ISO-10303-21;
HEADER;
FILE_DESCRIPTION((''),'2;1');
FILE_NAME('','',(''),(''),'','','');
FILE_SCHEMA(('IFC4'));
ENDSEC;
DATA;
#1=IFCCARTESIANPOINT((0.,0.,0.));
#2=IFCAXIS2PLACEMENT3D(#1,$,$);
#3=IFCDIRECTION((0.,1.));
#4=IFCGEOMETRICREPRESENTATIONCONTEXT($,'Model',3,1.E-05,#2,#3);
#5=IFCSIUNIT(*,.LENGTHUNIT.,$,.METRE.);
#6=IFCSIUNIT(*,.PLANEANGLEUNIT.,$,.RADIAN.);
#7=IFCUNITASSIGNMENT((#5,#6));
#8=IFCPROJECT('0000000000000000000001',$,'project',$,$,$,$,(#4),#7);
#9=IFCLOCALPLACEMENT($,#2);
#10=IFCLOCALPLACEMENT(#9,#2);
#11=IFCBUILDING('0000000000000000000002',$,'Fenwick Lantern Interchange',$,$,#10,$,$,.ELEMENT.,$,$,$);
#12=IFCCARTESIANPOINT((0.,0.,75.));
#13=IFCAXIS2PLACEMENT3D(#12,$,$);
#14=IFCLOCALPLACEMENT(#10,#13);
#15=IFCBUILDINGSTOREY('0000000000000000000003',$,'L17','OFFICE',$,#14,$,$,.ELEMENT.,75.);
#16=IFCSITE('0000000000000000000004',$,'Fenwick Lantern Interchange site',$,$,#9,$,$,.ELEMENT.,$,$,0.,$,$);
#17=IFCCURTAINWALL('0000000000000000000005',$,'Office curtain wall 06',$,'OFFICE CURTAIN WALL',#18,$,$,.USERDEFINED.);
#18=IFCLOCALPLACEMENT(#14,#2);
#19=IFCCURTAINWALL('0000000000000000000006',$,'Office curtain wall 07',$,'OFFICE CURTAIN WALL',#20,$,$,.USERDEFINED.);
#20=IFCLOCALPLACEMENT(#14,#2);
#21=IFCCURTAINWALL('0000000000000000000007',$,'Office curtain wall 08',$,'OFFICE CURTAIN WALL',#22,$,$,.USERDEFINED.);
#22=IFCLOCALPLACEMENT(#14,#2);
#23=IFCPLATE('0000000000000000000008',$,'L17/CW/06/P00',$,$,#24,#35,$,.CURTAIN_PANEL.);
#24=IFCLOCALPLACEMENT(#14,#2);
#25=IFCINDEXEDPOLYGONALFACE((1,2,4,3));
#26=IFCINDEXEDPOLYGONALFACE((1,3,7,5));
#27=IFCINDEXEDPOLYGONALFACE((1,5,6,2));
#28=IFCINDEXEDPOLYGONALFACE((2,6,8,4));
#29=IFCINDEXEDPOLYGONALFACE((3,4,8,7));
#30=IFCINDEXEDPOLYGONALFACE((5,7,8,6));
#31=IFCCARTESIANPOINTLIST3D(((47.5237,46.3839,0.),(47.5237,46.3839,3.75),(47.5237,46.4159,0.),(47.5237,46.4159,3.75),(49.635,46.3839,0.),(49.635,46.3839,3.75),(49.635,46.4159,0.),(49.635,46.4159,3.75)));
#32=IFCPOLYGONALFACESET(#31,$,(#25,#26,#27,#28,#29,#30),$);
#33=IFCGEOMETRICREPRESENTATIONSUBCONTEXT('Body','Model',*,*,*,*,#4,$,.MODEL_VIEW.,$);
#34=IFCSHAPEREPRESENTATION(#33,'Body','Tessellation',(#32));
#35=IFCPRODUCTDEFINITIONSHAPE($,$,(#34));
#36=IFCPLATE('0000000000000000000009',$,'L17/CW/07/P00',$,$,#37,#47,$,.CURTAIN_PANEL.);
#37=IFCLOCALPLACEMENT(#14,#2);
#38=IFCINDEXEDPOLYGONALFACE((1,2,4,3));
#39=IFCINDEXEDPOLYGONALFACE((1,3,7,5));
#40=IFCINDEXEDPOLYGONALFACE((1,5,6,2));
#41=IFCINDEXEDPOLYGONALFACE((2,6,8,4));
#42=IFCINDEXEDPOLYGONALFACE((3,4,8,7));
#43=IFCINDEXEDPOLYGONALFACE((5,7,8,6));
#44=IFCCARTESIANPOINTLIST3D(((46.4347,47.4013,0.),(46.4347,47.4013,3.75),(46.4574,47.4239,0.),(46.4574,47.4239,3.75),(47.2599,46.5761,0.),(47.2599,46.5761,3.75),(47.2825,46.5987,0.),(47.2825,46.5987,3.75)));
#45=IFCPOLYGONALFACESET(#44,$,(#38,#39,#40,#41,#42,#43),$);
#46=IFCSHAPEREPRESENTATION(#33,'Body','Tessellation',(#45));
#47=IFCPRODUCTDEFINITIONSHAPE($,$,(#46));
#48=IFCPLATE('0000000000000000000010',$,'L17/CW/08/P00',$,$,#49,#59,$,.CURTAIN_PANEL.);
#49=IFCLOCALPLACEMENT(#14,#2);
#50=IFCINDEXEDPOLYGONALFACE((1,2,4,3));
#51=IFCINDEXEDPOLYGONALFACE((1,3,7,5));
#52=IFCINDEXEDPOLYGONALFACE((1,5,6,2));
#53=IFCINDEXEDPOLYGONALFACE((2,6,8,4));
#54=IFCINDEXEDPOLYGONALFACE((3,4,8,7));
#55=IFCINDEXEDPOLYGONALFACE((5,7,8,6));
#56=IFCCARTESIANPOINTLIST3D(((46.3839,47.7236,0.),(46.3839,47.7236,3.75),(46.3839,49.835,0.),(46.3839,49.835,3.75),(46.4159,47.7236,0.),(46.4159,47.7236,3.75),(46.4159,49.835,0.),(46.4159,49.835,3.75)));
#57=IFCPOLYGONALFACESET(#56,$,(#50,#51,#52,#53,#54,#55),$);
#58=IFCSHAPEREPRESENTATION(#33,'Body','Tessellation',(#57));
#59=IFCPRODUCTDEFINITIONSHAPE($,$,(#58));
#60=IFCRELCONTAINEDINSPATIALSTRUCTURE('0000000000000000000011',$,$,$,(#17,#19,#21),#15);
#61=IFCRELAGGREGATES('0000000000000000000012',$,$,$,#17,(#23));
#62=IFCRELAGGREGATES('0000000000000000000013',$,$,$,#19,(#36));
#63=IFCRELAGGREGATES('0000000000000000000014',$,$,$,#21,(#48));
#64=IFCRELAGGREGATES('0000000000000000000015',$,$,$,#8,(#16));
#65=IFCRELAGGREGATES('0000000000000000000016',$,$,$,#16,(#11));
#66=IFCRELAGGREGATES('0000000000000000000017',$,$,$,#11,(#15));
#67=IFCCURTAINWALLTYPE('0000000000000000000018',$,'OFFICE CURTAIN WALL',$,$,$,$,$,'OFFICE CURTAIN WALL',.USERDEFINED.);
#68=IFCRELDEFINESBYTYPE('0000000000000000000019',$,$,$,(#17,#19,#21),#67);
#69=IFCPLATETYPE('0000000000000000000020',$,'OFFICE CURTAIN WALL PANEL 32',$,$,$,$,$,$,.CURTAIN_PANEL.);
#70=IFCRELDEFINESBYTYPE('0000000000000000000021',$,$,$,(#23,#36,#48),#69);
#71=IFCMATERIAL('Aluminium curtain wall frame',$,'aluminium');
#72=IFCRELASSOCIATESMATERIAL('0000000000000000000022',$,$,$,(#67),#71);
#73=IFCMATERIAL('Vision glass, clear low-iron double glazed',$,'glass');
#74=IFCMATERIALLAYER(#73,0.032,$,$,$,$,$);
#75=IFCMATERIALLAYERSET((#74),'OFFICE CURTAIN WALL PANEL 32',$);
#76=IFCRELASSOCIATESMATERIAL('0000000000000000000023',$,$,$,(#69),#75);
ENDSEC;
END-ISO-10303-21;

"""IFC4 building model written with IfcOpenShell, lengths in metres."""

from ifc_helpers import new_model, si_unit, direction, frame, origin, origin_2d, place, context, subcontext, project, spatial, rectangle, extrude, material, layer, layer_set, type_object, element, aggregate, save


model = new_model("IFC4")

# Units and contexts
model_context = context("Model", 3, precision=1e-05, world=origin(), true_north=direction((0.0, 1.0)))
body_context = subcontext(model_context, "Body", "Model", "MODEL_VIEW")
ifc_project = project(units=[si_unit("LENGTHUNIT", "METRE"), si_unit("PLANEANGLEUNIT", "RADIAN")], contexts=[model_context])

# Site, building, storey
site_placement = place(None, origin())
site = spatial("IfcSite", under=ifc_project, at=site_placement, Name="Fenwick Lantern Interchange site", CompositionType="ELEMENT", RefElevation=0.0)
building_placement = place(site_placement, origin())
building = spatial("IfcBuilding", under=site, at=building_placement, Name="Fenwick Lantern Interchange", CompositionType="ELEMENT")
storey_placement = place(building_placement, frame((0.0, 0.0, 75.0)))
storey = spatial("IfcBuildingStorey", under=building, at=storey_placement, Name="L17", Description="OFFICE", CompositionType="ELEMENT", Elevation=75.0)

# Curtain wall
ifc_material_1 = material(Name="Aluminium curtain wall frame", Category="aluminium")
curtain_wall_type = type_object("IfcCurtainWallType", Name="OFFICE CURTAIN WALL", ElementType="OFFICE CURTAIN WALL", PredefinedType="USERDEFINED", material=ifc_material_1)
curtain_wall_1_placement = place(storey_placement, origin())
curtain_wall_1 = element("IfcCurtainWall", 1, at=curtain_wall_1_placement, inside=storey, type_object=curtain_wall_type, Name="Office curtain wall 06", ObjectType="OFFICE CURTAIN WALL", PredefinedType="USERDEFINED")

# Curtain walls
curtain_wall_2_placement = place(storey_placement, origin())
curtain_wall_2 = element("IfcCurtainWall", 2, at=curtain_wall_2_placement, inside=storey, type_object=curtain_wall_type, Name="Office curtain wall 07", ObjectType="OFFICE CURTAIN WALL", PredefinedType="USERDEFINED")
curtain_wall_3_placement = place(storey_placement, origin())
curtain_wall_3 = element("IfcCurtainWall", 3, at=curtain_wall_3_placement, inside=storey, type_object=curtain_wall_type, Name="Office curtain wall 08", ObjectType="OFFICE CURTAIN WALL", PredefinedType="USERDEFINED")

# Plates
ifc_material_2 = material(Name="Vision glass, clear low-iron double glazed", Category="glass")
ifc_layer_1 = layer(ifc_material_2, 0.032)
ifc_layer_set_1 = layer_set([ifc_layer_1], Name="OFFICE CURTAIN WALL PANEL 32")
plate_type = type_object("IfcPlateType", Name="OFFICE CURTAIN WALL PANEL 32", PredefinedType="CURTAIN_PANEL", material=ifc_layer_set_1)
plate_1_placement = place(storey_placement, frame((48.5793, 46.3999, 0.0), z_axis=(0.0, 0.0, 1.0), x_axis=(-1.0, 0.0, 0.0)))
plate_1 = element("IfcPlate", 4, at=plate_1_placement, type_object=plate_type, Name="L17/CW/06/P00", PredefinedType="CURTAIN_PANEL", context=body_context, shape_type="SweptSolid", body=[
    extrude(rectangle(XDim=2.1113, YDim=0.032, at=origin_2d()), origin(), (0.0, 0.0, 1.0), 3.75),
])
aggregate(curtain_wall_1, [plate_1])
plate_2_placement = place(storey_placement, frame((46.8586, 47.0, 0.0), z_axis=(0.0, 0.0, 1.0), x_axis=(-0.707107, 0.707107, 0.0)))
plate_2 = element("IfcPlate", 5, at=plate_2_placement, type_object=plate_type, Name="L17/CW/07/P00", PredefinedType="CURTAIN_PANEL", context=body_context, shape_type="SweptSolid", body=[
    extrude(rectangle(XDim=1.167, YDim=0.032, at=origin_2d()), origin(), (0.0, 0.0, 1.0), 3.75),
])
aggregate(curtain_wall_2, [plate_2])
plate_3_placement = place(storey_placement, frame((46.3999, 48.7793, 0.0), z_axis=(0.0, 0.0, 1.0), x_axis=(0.0, 1.0, 0.0)))
plate_3 = element("IfcPlate", 6, at=plate_3_placement, type_object=plate_type, Name="L17/CW/08/P00", PredefinedType="CURTAIN_PANEL", context=body_context, shape_type="SweptSolid", body=[
    extrude(rectangle(XDim=2.1113, YDim=0.032, at=origin_2d()), origin(), (0.0, 0.0, 1.0), 3.75),
])
aggregate(curtain_wall_3, [plate_3])

save(model, "model.ifc")
